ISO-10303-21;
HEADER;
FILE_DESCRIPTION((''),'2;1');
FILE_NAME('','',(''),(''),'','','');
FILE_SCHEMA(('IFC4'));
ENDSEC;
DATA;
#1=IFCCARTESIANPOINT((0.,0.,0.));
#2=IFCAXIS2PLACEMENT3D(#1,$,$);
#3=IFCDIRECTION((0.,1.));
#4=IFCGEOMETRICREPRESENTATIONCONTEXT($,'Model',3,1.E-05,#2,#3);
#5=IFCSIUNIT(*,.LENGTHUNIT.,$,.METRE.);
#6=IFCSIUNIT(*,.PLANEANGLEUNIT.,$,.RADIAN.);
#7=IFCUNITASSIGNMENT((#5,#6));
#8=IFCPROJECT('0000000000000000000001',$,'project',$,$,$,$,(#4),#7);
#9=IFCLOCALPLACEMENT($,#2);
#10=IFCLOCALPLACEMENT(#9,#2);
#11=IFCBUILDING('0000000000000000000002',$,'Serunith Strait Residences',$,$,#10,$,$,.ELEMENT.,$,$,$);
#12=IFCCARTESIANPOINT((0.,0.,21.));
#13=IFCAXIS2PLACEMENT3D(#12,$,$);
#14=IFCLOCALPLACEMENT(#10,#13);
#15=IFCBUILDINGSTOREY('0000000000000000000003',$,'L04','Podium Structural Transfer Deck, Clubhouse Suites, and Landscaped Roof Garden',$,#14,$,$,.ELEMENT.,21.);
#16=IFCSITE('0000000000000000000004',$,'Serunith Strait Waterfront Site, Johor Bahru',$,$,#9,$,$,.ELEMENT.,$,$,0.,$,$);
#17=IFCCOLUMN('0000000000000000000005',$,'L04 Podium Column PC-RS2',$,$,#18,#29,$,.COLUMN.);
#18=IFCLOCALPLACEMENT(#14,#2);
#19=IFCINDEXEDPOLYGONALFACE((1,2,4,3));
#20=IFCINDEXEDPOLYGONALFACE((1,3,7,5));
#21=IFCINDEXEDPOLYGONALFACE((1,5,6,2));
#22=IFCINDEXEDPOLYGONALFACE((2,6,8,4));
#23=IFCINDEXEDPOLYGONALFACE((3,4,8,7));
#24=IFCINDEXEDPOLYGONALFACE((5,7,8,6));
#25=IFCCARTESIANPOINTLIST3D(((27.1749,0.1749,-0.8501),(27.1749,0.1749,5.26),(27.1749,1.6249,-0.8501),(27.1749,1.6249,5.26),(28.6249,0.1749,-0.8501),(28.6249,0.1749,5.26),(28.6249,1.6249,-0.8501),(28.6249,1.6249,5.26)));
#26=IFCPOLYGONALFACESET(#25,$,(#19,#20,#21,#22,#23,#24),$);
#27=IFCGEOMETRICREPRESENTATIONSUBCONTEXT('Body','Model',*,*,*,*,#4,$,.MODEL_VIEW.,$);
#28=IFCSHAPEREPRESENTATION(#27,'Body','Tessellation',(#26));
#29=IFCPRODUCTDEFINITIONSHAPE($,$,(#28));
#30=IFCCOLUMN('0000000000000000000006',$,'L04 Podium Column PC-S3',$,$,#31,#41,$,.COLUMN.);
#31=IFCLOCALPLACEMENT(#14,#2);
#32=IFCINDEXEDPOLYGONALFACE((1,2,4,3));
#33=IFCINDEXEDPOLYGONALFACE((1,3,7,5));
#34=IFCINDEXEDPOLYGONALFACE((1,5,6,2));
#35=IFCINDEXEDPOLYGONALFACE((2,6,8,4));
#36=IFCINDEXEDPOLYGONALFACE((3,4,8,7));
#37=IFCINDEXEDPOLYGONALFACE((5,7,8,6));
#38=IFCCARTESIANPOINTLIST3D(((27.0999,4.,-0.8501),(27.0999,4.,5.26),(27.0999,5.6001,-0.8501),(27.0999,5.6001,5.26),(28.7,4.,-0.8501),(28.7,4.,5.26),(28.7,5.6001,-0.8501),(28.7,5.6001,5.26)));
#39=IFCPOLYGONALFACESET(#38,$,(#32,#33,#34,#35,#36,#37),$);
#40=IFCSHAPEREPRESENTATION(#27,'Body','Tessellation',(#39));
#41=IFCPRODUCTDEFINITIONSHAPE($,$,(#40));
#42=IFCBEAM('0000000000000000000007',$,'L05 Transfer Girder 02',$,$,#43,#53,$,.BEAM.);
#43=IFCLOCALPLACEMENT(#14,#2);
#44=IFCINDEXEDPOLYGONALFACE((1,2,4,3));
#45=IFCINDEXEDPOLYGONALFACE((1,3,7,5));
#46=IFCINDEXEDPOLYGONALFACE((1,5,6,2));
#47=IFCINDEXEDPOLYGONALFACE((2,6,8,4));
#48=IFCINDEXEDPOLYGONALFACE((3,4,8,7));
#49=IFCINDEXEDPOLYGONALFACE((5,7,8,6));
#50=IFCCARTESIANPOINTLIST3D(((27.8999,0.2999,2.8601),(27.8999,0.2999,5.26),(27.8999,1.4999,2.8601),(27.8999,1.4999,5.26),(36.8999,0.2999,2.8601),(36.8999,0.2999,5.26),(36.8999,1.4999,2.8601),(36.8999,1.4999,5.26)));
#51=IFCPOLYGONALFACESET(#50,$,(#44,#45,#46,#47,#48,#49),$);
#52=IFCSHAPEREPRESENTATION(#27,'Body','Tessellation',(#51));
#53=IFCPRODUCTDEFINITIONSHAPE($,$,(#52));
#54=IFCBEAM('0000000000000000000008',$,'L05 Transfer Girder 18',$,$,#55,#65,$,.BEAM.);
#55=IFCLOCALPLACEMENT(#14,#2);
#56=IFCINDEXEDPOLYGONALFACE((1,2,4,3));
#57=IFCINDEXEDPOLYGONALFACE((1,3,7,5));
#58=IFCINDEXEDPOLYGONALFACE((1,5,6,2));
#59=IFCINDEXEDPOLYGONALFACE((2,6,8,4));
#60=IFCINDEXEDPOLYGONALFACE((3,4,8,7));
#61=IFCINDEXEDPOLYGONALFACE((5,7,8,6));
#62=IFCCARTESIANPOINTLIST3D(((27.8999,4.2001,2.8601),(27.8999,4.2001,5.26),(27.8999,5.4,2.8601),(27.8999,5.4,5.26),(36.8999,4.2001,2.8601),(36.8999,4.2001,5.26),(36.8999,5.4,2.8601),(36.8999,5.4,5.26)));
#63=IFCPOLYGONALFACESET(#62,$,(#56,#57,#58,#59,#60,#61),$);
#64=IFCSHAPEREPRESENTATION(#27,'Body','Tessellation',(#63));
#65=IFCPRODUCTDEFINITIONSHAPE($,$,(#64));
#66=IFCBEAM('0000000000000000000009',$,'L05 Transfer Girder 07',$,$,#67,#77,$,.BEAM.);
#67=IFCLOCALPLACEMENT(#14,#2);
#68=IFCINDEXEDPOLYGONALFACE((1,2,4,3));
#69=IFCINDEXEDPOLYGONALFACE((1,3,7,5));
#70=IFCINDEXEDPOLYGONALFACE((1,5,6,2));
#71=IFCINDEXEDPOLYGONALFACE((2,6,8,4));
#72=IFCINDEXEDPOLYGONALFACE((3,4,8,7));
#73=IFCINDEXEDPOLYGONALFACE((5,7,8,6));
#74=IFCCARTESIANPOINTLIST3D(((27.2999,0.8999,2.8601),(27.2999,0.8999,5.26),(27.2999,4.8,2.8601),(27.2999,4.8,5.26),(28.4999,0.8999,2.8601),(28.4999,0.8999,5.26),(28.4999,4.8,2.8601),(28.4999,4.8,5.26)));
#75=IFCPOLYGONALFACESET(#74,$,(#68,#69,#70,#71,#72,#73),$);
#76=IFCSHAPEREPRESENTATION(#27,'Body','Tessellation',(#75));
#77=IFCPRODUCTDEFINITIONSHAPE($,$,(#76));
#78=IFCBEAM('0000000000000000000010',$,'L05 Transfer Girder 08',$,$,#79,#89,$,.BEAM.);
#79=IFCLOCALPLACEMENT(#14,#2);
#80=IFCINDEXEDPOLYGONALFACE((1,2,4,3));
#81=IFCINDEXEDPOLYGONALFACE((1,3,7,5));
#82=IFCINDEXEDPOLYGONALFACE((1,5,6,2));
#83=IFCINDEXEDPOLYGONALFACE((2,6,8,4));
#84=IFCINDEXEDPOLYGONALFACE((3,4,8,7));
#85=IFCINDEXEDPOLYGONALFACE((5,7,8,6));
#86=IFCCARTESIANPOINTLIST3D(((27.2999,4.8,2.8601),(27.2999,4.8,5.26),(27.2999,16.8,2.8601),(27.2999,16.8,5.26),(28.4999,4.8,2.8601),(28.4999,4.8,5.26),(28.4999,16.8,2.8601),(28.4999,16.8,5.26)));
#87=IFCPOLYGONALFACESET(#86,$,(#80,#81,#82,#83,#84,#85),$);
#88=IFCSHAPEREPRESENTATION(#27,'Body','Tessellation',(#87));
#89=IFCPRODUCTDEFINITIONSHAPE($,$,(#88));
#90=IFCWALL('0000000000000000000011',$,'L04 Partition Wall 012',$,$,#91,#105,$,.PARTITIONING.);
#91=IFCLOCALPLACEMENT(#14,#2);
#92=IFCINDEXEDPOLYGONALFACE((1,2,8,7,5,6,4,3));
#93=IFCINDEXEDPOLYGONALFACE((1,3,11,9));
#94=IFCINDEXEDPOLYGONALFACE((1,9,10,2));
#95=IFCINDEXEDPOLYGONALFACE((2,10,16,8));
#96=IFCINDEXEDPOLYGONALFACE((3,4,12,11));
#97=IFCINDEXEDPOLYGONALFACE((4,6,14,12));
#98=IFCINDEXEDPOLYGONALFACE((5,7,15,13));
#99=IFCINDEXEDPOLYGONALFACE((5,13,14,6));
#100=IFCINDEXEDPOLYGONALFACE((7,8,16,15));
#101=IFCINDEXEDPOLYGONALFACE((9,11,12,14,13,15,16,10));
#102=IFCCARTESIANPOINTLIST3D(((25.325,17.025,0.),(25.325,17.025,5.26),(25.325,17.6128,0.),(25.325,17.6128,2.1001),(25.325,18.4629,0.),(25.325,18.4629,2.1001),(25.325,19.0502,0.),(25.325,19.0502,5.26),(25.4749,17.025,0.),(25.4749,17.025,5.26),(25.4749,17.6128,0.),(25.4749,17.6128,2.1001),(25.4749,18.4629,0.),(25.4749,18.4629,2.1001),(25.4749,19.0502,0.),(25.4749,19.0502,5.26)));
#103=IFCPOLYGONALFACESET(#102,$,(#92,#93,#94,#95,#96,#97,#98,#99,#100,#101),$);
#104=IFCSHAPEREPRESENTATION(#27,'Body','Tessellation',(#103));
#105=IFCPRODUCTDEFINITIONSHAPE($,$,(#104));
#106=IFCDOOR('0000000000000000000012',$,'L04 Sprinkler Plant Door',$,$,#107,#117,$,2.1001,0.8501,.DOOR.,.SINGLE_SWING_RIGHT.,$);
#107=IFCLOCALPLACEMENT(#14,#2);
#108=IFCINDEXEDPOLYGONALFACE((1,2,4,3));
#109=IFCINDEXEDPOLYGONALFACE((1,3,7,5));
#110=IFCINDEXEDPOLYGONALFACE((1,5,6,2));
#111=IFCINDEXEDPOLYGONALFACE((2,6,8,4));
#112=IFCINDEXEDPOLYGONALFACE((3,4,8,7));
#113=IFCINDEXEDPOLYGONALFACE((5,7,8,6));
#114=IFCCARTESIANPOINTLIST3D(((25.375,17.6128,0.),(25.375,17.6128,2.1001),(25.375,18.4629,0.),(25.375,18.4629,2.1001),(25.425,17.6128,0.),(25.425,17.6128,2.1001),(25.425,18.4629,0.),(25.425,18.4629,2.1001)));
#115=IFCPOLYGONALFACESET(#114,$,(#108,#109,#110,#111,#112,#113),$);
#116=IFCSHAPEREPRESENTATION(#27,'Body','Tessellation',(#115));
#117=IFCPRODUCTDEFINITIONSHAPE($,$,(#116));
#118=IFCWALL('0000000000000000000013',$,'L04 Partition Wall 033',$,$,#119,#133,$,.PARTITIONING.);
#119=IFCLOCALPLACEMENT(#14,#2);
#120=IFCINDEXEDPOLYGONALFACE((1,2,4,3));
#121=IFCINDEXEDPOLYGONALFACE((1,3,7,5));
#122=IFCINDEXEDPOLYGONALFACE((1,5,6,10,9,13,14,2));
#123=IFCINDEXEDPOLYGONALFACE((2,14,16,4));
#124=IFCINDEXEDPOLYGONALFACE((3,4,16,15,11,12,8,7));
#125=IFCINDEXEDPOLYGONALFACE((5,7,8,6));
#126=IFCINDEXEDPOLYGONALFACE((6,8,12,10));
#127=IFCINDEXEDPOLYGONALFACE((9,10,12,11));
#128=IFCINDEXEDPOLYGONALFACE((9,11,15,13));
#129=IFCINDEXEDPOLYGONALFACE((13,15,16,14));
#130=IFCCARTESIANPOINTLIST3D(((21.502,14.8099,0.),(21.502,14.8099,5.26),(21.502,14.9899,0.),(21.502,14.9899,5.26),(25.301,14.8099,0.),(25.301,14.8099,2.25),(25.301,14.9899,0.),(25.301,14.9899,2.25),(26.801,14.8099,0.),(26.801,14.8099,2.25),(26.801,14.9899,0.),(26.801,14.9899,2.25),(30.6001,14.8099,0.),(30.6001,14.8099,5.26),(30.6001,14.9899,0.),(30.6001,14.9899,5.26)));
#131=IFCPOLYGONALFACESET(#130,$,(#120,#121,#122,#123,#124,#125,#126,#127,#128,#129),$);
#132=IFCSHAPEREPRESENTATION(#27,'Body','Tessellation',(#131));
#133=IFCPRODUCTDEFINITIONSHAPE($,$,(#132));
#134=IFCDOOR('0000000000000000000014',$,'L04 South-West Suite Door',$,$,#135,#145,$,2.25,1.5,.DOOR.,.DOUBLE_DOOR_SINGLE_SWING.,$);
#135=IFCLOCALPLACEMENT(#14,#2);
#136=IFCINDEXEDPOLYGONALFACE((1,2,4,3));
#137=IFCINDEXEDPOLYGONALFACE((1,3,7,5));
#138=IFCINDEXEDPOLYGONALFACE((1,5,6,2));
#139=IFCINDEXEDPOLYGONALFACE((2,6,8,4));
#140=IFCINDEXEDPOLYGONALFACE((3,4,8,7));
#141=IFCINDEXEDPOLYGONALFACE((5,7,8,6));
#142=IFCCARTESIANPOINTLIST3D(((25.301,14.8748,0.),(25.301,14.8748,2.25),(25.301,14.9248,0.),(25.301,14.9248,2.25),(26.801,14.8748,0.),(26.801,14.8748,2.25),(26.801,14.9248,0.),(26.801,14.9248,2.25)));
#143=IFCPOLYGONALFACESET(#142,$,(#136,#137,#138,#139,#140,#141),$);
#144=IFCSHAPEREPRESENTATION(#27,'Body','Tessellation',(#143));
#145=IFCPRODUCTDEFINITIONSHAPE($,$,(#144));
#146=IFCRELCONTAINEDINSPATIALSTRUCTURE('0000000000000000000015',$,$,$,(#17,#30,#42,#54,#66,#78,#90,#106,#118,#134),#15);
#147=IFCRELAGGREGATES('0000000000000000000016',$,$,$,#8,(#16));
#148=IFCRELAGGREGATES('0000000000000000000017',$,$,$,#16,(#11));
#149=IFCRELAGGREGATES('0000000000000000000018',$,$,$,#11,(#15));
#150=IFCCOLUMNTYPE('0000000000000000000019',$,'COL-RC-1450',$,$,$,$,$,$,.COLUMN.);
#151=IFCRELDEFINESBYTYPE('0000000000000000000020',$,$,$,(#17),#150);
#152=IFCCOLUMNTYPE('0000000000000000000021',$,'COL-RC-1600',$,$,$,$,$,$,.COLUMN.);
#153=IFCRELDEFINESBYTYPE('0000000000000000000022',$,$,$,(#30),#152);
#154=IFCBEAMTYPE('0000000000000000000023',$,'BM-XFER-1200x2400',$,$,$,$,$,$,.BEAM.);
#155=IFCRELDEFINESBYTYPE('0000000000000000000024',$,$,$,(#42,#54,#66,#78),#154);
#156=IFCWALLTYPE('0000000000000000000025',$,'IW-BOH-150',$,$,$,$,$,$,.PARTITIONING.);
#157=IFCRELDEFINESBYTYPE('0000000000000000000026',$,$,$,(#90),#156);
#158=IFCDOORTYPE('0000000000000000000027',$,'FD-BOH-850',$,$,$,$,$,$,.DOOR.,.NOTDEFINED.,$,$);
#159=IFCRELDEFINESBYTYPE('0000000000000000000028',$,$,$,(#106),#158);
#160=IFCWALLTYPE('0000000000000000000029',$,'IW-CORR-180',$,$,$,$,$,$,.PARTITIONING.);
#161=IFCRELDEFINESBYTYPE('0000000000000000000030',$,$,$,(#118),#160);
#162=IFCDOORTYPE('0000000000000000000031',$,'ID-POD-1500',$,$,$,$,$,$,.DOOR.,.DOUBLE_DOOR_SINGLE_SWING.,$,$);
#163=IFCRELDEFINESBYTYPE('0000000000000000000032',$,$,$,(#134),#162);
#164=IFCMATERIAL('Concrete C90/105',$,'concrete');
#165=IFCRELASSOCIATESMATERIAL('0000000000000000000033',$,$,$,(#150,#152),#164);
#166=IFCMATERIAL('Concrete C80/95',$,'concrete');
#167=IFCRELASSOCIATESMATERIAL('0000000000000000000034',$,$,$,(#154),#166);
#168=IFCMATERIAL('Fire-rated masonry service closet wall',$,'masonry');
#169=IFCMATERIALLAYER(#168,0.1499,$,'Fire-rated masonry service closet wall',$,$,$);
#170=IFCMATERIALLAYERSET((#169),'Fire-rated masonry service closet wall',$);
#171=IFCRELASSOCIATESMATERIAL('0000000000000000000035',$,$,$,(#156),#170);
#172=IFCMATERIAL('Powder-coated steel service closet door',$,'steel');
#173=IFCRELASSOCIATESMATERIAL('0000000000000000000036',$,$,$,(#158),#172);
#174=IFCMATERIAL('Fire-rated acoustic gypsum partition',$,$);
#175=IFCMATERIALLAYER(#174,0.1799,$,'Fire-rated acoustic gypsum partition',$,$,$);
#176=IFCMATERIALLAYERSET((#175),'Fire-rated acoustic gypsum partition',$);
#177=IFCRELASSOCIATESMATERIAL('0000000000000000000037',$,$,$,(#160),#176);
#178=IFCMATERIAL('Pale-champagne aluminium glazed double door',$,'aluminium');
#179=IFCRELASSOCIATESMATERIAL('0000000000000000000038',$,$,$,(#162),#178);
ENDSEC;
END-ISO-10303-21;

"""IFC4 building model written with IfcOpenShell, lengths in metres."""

from ifc_helpers import new_model, si_unit, direction, frame, frame_2d, origin, origin_2d, place, context, subcontext, project, spatial, rectangle, extrude, source, transform, mapped, material, layer, layer_set, material_profile, profile_set, type_object, element, fill, save


model = new_model("IFC4")

# Units and contexts
model_context = context("Model", 3, precision=1e-05, world=origin(), true_north=direction((0.0, 1.0)))
body_context = subcontext(model_context, "Body", "Model", "MODEL_VIEW")
ifc_project = project(units=[si_unit("LENGTHUNIT", "METRE"), si_unit("PLANEANGLEUNIT", "RADIAN")], contexts=[model_context])

# Site, building, storey
site_placement = place(None, origin())
site = spatial("IfcSite", under=ifc_project, at=site_placement, Name="Serunith Strait Waterfront Site, Johor Bahru", CompositionType="ELEMENT", RefElevation=0.0)
building_placement = place(site_placement, origin())
building = spatial("IfcBuilding", under=site, at=building_placement, Name="Serunith Strait Residences", CompositionType="ELEMENT")
storey_placement = place(building_placement, frame((0.0, 0.0, 21.0)))
storey = spatial("IfcBuildingStorey", under=building, at=storey_placement, Name="L04", Description="Podium Structural Transfer Deck, Clubhouse Suites, and Landscaped Roof Garden", CompositionType="ELEMENT", Elevation=21.0)

# Columns
ifc_material_1 = material(Name="Concrete C90/105", Category="concrete")
ifc_material_profile_1 = material_profile(ifc_material_1, rectangle(XDim=1.45, YDim=1.45, at=origin_2d()), Name="RC 1450x1450")
ifc_profile_set_1 = profile_set([ifc_material_profile_1], Name="Concrete C90/105")
column_type_1 = type_object("IfcColumnType", Name="COL-RC-1450", PredefinedType="COLUMN", material=ifc_profile_set_1)
shared_shape_1 = source(origin(), body_context, "Body", "SweptSolid", [
    extrude(rectangle(XDim=1.45, YDim=1.45, at=origin_2d()), origin(), (0.0, 0.0, 1.0), 6.1101),
])
column_1_placement = place(storey_placement, frame((27.8999, 0.8999, -0.8501), z_axis=(0.0, 0.0, 1.0), x_axis=(1.0, 0.0, 0.0)))
element("IfcColumn", 1, at=column_1_placement, inside=storey, type_object=column_type_1, Name="L04 Podium Column PC-RS2", PredefinedType="COLUMN", context=body_context, shape_type="MappedRepresentation", body=[
    mapped(shared_shape_1, transform((0.0, 0.0, 0.0), scale=1.0)),
])
ifc_material_profile_2 = material_profile(ifc_material_1, rectangle(XDim=1.6001, YDim=1.6001, at=origin_2d()), Name="RC 1600x1600")
ifc_profile_set_2 = profile_set([ifc_material_profile_2], Name="Concrete C90/105")
column_type_2 = type_object("IfcColumnType", Name="COL-RC-1600", PredefinedType="COLUMN", material=ifc_profile_set_2)
shared_shape_2 = source(origin(), body_context, "Body", "SweptSolid", [
    extrude(rectangle(XDim=1.6001, YDim=1.6001, at=origin_2d()), origin(), (0.0, 0.0, 1.0), 6.1101),
])
column_2_placement = place(storey_placement, frame((27.8999, 4.8, -0.8501), z_axis=(0.0, 0.0, 1.0), x_axis=(1.0, 0.0, 0.0)))
element("IfcColumn", 2, at=column_2_placement, inside=storey, type_object=column_type_2, Name="L04 Podium Column PC-S3", PredefinedType="COLUMN", context=body_context, shape_type="MappedRepresentation", body=[
    mapped(shared_shape_2, transform((0.0, 0.0, 0.0), scale=1.0)),
])

# Beams
ifc_material_2 = material(Name="Concrete C80/95", Category="concrete")
ifc_material_profile_3 = material_profile(ifc_material_2, rectangle(XDim=1.2, YDim=2.3999, at=origin_2d()), Name="RC 1200x2400")
ifc_profile_set_3 = profile_set([ifc_material_profile_3], Name="Concrete C80/95")
beam_type = type_object("IfcBeamType", Name="BM-XFER-1200x2400", PredefinedType="BEAM", material=ifc_profile_set_3)
shared_shape_3 = source(origin(), body_context, "Body", "SweptSolid", [
    extrude(rectangle(XDim=1.2, YDim=2.3999, at=origin_2d()), origin(), (0.0, 0.0, 1.0), 9.0),
])
for number, where, z_axis, x_axis, name in (
    (3, (27.8999, 0.8999, 4.0601), (1.0, 0.0, 0.0), (0.0, 1.0, 0.0), "L05 Transfer Girder 02"),
    (4, (27.8999, 4.8, 4.0601), (1.0, 0.0, 0.0), (0.0, 1.0, 0.0), "L05 Transfer Girder 18"),
):
    element("IfcBeam", number, at=place(storey_placement, frame(where, z_axis=z_axis, x_axis=x_axis)), inside=storey, type_object=beam_type, Name=name, PredefinedType="BEAM", context=body_context, shape_type="MappedRepresentation", body=[
        mapped(shared_shape_3, transform((0.0, 0.0, 0.0), scale=1.0)),
    ])
shared_shape_4 = source(origin(), body_context, "Body", "SweptSolid", [
    extrude(rectangle(XDim=1.2, YDim=2.3999, at=origin_2d()), origin(), (0.0, 0.0, 1.0), 3.9001),
])
beam_1_placement = place(storey_placement, frame((27.8999, 0.8999, 4.0601), z_axis=(0.0, 1.0, 0.0), x_axis=(-1.0, 0.0, 0.0)))
element("IfcBeam", 5, at=beam_1_placement, inside=storey, type_object=beam_type, Name="L05 Transfer Girder 07", PredefinedType="BEAM", context=body_context, shape_type="MappedRepresentation", body=[
    mapped(shared_shape_4, transform((0.0, 0.0, 0.0), scale=1.0)),
])
shared_shape_5 = source(origin(), body_context, "Body", "SweptSolid", [
    extrude(rectangle(XDim=1.2, YDim=2.3999, at=origin_2d()), origin(), (0.0, 0.0, 1.0), 12.0),
])
beam_2_placement = place(storey_placement, frame((27.8999, 4.8, 4.0601), z_axis=(0.0, 1.0, 0.0), x_axis=(-1.0, 0.0, 0.0)))
element("IfcBeam", 6, at=beam_2_placement, inside=storey, type_object=beam_type, Name="L05 Transfer Girder 08", PredefinedType="BEAM", context=body_context, shape_type="MappedRepresentation", body=[
    mapped(shared_shape_5, transform((0.0, 0.0, 0.0), scale=1.0)),
])

# Walls, openings, doors
ifc_material_3 = material(Name="Fire-rated masonry service closet wall", Category="masonry")
ifc_layer_1 = layer(ifc_material_3, 0.1499, Name="Fire-rated masonry service closet wall")
ifc_layer_set_1 = layer_set([ifc_layer_1], Name="Fire-rated masonry service closet wall")
wall_type_1 = type_object("IfcWallType", Name="IW-BOH-150", PredefinedType="PARTITIONING", material=ifc_layer_set_1)
wall_1_placement = place(storey_placement, frame((25.3999, 17.0249, 0.0), z_axis=(0.0, 0.0, 1.0), x_axis=(0.0, 1.0, 0.0)))
wall_1 = element("IfcWall", 7, at=wall_1_placement, inside=storey, type_object=wall_type_1, Name="L04 Partition Wall 012", PredefinedType="PARTITIONING", context=body_context, shape_type="SweptSolid", body=[
    extrude(rectangle(XDim=2.0251, YDim=0.1499, at=frame_2d((1.0127, 0.0))), origin(), (0.0, 0.0, 1.0), 5.26),
])
opening_1_placement = place(wall_1_placement, frame((0.5879, 0.0, 0.0)))
opening_1 = element("IfcOpeningElement", 8, at=opening_1_placement, cuts=wall_1, PredefinedType="OPENING", context=body_context, shape_type="SweptSolid", body=[
    extrude(rectangle(XDim=0.8501, YDim=2.1001, at=frame_2d((0.425, 1.05))), frame((0.0, 0.085, 0.0), z_axis=(0.0, -1.0, 0.0), x_axis=(1.0, 0.0, 0.0)), (0.0, 0.0, 1.0), 0.1699),
])
ifc_material_4 = material(Name="Powder-coated steel service closet door", Category="steel")
door_type_1 = type_object("IfcDoorType", Name="FD-BOH-850", OperationType="NOTDEFINED", PredefinedType="DOOR", material=ifc_material_4)
shared_shape_6 = source(origin(), body_context, "Body", "SweptSolid", [
    extrude(rectangle(XDim=0.8501, YDim=2.1001, at=frame_2d((0.425, 1.05))), frame((0.0, 0.0249, 0.0), z_axis=(0.0, -1.0, 0.0), x_axis=(1.0, 0.0, 0.0)), (0.0, 0.0, 1.0), 0.05),
])
door_1_placement = place(opening_1_placement, origin())
door_1 = element("IfcDoor", 9, at=door_1_placement, inside=storey, type_object=door_type_1, Name="L04 Sprinkler Plant Door", OperationType="SINGLE_SWING_RIGHT", OverallHeight=2.1001, OverallWidth=0.8501, PredefinedType="DOOR", context=body_context, shape_type="MappedRepresentation", body=[
    mapped(shared_shape_6, transform((0.0, 0.0, 0.0), scale=1.0)),
])
fill(opening_1, door_1)
ifc_material_5 = material(Name="Fire-rated acoustic gypsum partition")
ifc_layer_2 = layer(ifc_material_5, 0.1799, Name="Fire-rated acoustic gypsum partition")
ifc_layer_set_2 = layer_set([ifc_layer_2], Name="Fire-rated acoustic gypsum partition")
wall_type_2 = type_object("IfcWallType", Name="IW-CORR-180", PredefinedType="PARTITIONING", material=ifc_layer_set_2)
wall_2_placement = place(storey_placement, frame((21.502, 14.8999, 0.0), z_axis=(0.0, 0.0, 1.0), x_axis=(1.0, 0.0, 0.0)))
wall_2 = element("IfcWall", 10, at=wall_2_placement, inside=storey, type_object=wall_type_2, Name="L04 Partition Wall 033", PredefinedType="PARTITIONING", context=body_context, shape_type="SweptSolid", body=[
    extrude(rectangle(XDim=9.0981, YDim=0.1799, at=frame_2d((4.5491, 0.0))), origin(), (0.0, 0.0, 1.0), 5.26),
])
opening_2_placement = place(wall_2_placement, frame((3.7991, 0.0, 0.0)))
opening_2 = element("IfcOpeningElement", 11, at=opening_2_placement, cuts=wall_2, PredefinedType="OPENING", context=body_context, shape_type="SweptSolid", body=[
    extrude(rectangle(XDim=1.5, YDim=2.25, at=frame_2d((0.75, 1.125))), frame((0.0, 0.1001, 0.0), z_axis=(0.0, -1.0, 0.0), x_axis=(1.0, 0.0, 0.0)), (0.0, 0.0, 1.0), 0.2),
])
ifc_material_6 = material(Name="Pale-champagne aluminium glazed double door", Category="aluminium")
door_type_2 = type_object("IfcDoorType", Name="ID-POD-1500", OperationType="DOUBLE_DOOR_SINGLE_SWING", PredefinedType="DOOR", material=ifc_material_6)
shared_shape_7 = source(origin(), body_context, "Body", "SweptSolid", [
    extrude(rectangle(XDim=1.5, YDim=2.25, at=frame_2d((0.75, 1.125))), frame((0.0, 0.0249, 0.0), z_axis=(0.0, -1.0, 0.0), x_axis=(1.0, 0.0, 0.0)), (0.0, 0.0, 1.0), 0.05),
])
door_2_placement = place(opening_2_placement, origin())
door_2 = element("IfcDoor", 12, at=door_2_placement, inside=storey, type_object=door_type_2, Name="L04 South-West Suite Door", OperationType="DOUBLE_DOOR_SINGLE_SWING", OverallHeight=2.25, OverallWidth=1.5, PredefinedType="DOOR", context=body_context, shape_type="MappedRepresentation", body=[
    mapped(shared_shape_7, transform((0.0, 0.0, 0.0), scale=1.0)),
])
fill(opening_2, door_2)

save(model, "model.ifc")
